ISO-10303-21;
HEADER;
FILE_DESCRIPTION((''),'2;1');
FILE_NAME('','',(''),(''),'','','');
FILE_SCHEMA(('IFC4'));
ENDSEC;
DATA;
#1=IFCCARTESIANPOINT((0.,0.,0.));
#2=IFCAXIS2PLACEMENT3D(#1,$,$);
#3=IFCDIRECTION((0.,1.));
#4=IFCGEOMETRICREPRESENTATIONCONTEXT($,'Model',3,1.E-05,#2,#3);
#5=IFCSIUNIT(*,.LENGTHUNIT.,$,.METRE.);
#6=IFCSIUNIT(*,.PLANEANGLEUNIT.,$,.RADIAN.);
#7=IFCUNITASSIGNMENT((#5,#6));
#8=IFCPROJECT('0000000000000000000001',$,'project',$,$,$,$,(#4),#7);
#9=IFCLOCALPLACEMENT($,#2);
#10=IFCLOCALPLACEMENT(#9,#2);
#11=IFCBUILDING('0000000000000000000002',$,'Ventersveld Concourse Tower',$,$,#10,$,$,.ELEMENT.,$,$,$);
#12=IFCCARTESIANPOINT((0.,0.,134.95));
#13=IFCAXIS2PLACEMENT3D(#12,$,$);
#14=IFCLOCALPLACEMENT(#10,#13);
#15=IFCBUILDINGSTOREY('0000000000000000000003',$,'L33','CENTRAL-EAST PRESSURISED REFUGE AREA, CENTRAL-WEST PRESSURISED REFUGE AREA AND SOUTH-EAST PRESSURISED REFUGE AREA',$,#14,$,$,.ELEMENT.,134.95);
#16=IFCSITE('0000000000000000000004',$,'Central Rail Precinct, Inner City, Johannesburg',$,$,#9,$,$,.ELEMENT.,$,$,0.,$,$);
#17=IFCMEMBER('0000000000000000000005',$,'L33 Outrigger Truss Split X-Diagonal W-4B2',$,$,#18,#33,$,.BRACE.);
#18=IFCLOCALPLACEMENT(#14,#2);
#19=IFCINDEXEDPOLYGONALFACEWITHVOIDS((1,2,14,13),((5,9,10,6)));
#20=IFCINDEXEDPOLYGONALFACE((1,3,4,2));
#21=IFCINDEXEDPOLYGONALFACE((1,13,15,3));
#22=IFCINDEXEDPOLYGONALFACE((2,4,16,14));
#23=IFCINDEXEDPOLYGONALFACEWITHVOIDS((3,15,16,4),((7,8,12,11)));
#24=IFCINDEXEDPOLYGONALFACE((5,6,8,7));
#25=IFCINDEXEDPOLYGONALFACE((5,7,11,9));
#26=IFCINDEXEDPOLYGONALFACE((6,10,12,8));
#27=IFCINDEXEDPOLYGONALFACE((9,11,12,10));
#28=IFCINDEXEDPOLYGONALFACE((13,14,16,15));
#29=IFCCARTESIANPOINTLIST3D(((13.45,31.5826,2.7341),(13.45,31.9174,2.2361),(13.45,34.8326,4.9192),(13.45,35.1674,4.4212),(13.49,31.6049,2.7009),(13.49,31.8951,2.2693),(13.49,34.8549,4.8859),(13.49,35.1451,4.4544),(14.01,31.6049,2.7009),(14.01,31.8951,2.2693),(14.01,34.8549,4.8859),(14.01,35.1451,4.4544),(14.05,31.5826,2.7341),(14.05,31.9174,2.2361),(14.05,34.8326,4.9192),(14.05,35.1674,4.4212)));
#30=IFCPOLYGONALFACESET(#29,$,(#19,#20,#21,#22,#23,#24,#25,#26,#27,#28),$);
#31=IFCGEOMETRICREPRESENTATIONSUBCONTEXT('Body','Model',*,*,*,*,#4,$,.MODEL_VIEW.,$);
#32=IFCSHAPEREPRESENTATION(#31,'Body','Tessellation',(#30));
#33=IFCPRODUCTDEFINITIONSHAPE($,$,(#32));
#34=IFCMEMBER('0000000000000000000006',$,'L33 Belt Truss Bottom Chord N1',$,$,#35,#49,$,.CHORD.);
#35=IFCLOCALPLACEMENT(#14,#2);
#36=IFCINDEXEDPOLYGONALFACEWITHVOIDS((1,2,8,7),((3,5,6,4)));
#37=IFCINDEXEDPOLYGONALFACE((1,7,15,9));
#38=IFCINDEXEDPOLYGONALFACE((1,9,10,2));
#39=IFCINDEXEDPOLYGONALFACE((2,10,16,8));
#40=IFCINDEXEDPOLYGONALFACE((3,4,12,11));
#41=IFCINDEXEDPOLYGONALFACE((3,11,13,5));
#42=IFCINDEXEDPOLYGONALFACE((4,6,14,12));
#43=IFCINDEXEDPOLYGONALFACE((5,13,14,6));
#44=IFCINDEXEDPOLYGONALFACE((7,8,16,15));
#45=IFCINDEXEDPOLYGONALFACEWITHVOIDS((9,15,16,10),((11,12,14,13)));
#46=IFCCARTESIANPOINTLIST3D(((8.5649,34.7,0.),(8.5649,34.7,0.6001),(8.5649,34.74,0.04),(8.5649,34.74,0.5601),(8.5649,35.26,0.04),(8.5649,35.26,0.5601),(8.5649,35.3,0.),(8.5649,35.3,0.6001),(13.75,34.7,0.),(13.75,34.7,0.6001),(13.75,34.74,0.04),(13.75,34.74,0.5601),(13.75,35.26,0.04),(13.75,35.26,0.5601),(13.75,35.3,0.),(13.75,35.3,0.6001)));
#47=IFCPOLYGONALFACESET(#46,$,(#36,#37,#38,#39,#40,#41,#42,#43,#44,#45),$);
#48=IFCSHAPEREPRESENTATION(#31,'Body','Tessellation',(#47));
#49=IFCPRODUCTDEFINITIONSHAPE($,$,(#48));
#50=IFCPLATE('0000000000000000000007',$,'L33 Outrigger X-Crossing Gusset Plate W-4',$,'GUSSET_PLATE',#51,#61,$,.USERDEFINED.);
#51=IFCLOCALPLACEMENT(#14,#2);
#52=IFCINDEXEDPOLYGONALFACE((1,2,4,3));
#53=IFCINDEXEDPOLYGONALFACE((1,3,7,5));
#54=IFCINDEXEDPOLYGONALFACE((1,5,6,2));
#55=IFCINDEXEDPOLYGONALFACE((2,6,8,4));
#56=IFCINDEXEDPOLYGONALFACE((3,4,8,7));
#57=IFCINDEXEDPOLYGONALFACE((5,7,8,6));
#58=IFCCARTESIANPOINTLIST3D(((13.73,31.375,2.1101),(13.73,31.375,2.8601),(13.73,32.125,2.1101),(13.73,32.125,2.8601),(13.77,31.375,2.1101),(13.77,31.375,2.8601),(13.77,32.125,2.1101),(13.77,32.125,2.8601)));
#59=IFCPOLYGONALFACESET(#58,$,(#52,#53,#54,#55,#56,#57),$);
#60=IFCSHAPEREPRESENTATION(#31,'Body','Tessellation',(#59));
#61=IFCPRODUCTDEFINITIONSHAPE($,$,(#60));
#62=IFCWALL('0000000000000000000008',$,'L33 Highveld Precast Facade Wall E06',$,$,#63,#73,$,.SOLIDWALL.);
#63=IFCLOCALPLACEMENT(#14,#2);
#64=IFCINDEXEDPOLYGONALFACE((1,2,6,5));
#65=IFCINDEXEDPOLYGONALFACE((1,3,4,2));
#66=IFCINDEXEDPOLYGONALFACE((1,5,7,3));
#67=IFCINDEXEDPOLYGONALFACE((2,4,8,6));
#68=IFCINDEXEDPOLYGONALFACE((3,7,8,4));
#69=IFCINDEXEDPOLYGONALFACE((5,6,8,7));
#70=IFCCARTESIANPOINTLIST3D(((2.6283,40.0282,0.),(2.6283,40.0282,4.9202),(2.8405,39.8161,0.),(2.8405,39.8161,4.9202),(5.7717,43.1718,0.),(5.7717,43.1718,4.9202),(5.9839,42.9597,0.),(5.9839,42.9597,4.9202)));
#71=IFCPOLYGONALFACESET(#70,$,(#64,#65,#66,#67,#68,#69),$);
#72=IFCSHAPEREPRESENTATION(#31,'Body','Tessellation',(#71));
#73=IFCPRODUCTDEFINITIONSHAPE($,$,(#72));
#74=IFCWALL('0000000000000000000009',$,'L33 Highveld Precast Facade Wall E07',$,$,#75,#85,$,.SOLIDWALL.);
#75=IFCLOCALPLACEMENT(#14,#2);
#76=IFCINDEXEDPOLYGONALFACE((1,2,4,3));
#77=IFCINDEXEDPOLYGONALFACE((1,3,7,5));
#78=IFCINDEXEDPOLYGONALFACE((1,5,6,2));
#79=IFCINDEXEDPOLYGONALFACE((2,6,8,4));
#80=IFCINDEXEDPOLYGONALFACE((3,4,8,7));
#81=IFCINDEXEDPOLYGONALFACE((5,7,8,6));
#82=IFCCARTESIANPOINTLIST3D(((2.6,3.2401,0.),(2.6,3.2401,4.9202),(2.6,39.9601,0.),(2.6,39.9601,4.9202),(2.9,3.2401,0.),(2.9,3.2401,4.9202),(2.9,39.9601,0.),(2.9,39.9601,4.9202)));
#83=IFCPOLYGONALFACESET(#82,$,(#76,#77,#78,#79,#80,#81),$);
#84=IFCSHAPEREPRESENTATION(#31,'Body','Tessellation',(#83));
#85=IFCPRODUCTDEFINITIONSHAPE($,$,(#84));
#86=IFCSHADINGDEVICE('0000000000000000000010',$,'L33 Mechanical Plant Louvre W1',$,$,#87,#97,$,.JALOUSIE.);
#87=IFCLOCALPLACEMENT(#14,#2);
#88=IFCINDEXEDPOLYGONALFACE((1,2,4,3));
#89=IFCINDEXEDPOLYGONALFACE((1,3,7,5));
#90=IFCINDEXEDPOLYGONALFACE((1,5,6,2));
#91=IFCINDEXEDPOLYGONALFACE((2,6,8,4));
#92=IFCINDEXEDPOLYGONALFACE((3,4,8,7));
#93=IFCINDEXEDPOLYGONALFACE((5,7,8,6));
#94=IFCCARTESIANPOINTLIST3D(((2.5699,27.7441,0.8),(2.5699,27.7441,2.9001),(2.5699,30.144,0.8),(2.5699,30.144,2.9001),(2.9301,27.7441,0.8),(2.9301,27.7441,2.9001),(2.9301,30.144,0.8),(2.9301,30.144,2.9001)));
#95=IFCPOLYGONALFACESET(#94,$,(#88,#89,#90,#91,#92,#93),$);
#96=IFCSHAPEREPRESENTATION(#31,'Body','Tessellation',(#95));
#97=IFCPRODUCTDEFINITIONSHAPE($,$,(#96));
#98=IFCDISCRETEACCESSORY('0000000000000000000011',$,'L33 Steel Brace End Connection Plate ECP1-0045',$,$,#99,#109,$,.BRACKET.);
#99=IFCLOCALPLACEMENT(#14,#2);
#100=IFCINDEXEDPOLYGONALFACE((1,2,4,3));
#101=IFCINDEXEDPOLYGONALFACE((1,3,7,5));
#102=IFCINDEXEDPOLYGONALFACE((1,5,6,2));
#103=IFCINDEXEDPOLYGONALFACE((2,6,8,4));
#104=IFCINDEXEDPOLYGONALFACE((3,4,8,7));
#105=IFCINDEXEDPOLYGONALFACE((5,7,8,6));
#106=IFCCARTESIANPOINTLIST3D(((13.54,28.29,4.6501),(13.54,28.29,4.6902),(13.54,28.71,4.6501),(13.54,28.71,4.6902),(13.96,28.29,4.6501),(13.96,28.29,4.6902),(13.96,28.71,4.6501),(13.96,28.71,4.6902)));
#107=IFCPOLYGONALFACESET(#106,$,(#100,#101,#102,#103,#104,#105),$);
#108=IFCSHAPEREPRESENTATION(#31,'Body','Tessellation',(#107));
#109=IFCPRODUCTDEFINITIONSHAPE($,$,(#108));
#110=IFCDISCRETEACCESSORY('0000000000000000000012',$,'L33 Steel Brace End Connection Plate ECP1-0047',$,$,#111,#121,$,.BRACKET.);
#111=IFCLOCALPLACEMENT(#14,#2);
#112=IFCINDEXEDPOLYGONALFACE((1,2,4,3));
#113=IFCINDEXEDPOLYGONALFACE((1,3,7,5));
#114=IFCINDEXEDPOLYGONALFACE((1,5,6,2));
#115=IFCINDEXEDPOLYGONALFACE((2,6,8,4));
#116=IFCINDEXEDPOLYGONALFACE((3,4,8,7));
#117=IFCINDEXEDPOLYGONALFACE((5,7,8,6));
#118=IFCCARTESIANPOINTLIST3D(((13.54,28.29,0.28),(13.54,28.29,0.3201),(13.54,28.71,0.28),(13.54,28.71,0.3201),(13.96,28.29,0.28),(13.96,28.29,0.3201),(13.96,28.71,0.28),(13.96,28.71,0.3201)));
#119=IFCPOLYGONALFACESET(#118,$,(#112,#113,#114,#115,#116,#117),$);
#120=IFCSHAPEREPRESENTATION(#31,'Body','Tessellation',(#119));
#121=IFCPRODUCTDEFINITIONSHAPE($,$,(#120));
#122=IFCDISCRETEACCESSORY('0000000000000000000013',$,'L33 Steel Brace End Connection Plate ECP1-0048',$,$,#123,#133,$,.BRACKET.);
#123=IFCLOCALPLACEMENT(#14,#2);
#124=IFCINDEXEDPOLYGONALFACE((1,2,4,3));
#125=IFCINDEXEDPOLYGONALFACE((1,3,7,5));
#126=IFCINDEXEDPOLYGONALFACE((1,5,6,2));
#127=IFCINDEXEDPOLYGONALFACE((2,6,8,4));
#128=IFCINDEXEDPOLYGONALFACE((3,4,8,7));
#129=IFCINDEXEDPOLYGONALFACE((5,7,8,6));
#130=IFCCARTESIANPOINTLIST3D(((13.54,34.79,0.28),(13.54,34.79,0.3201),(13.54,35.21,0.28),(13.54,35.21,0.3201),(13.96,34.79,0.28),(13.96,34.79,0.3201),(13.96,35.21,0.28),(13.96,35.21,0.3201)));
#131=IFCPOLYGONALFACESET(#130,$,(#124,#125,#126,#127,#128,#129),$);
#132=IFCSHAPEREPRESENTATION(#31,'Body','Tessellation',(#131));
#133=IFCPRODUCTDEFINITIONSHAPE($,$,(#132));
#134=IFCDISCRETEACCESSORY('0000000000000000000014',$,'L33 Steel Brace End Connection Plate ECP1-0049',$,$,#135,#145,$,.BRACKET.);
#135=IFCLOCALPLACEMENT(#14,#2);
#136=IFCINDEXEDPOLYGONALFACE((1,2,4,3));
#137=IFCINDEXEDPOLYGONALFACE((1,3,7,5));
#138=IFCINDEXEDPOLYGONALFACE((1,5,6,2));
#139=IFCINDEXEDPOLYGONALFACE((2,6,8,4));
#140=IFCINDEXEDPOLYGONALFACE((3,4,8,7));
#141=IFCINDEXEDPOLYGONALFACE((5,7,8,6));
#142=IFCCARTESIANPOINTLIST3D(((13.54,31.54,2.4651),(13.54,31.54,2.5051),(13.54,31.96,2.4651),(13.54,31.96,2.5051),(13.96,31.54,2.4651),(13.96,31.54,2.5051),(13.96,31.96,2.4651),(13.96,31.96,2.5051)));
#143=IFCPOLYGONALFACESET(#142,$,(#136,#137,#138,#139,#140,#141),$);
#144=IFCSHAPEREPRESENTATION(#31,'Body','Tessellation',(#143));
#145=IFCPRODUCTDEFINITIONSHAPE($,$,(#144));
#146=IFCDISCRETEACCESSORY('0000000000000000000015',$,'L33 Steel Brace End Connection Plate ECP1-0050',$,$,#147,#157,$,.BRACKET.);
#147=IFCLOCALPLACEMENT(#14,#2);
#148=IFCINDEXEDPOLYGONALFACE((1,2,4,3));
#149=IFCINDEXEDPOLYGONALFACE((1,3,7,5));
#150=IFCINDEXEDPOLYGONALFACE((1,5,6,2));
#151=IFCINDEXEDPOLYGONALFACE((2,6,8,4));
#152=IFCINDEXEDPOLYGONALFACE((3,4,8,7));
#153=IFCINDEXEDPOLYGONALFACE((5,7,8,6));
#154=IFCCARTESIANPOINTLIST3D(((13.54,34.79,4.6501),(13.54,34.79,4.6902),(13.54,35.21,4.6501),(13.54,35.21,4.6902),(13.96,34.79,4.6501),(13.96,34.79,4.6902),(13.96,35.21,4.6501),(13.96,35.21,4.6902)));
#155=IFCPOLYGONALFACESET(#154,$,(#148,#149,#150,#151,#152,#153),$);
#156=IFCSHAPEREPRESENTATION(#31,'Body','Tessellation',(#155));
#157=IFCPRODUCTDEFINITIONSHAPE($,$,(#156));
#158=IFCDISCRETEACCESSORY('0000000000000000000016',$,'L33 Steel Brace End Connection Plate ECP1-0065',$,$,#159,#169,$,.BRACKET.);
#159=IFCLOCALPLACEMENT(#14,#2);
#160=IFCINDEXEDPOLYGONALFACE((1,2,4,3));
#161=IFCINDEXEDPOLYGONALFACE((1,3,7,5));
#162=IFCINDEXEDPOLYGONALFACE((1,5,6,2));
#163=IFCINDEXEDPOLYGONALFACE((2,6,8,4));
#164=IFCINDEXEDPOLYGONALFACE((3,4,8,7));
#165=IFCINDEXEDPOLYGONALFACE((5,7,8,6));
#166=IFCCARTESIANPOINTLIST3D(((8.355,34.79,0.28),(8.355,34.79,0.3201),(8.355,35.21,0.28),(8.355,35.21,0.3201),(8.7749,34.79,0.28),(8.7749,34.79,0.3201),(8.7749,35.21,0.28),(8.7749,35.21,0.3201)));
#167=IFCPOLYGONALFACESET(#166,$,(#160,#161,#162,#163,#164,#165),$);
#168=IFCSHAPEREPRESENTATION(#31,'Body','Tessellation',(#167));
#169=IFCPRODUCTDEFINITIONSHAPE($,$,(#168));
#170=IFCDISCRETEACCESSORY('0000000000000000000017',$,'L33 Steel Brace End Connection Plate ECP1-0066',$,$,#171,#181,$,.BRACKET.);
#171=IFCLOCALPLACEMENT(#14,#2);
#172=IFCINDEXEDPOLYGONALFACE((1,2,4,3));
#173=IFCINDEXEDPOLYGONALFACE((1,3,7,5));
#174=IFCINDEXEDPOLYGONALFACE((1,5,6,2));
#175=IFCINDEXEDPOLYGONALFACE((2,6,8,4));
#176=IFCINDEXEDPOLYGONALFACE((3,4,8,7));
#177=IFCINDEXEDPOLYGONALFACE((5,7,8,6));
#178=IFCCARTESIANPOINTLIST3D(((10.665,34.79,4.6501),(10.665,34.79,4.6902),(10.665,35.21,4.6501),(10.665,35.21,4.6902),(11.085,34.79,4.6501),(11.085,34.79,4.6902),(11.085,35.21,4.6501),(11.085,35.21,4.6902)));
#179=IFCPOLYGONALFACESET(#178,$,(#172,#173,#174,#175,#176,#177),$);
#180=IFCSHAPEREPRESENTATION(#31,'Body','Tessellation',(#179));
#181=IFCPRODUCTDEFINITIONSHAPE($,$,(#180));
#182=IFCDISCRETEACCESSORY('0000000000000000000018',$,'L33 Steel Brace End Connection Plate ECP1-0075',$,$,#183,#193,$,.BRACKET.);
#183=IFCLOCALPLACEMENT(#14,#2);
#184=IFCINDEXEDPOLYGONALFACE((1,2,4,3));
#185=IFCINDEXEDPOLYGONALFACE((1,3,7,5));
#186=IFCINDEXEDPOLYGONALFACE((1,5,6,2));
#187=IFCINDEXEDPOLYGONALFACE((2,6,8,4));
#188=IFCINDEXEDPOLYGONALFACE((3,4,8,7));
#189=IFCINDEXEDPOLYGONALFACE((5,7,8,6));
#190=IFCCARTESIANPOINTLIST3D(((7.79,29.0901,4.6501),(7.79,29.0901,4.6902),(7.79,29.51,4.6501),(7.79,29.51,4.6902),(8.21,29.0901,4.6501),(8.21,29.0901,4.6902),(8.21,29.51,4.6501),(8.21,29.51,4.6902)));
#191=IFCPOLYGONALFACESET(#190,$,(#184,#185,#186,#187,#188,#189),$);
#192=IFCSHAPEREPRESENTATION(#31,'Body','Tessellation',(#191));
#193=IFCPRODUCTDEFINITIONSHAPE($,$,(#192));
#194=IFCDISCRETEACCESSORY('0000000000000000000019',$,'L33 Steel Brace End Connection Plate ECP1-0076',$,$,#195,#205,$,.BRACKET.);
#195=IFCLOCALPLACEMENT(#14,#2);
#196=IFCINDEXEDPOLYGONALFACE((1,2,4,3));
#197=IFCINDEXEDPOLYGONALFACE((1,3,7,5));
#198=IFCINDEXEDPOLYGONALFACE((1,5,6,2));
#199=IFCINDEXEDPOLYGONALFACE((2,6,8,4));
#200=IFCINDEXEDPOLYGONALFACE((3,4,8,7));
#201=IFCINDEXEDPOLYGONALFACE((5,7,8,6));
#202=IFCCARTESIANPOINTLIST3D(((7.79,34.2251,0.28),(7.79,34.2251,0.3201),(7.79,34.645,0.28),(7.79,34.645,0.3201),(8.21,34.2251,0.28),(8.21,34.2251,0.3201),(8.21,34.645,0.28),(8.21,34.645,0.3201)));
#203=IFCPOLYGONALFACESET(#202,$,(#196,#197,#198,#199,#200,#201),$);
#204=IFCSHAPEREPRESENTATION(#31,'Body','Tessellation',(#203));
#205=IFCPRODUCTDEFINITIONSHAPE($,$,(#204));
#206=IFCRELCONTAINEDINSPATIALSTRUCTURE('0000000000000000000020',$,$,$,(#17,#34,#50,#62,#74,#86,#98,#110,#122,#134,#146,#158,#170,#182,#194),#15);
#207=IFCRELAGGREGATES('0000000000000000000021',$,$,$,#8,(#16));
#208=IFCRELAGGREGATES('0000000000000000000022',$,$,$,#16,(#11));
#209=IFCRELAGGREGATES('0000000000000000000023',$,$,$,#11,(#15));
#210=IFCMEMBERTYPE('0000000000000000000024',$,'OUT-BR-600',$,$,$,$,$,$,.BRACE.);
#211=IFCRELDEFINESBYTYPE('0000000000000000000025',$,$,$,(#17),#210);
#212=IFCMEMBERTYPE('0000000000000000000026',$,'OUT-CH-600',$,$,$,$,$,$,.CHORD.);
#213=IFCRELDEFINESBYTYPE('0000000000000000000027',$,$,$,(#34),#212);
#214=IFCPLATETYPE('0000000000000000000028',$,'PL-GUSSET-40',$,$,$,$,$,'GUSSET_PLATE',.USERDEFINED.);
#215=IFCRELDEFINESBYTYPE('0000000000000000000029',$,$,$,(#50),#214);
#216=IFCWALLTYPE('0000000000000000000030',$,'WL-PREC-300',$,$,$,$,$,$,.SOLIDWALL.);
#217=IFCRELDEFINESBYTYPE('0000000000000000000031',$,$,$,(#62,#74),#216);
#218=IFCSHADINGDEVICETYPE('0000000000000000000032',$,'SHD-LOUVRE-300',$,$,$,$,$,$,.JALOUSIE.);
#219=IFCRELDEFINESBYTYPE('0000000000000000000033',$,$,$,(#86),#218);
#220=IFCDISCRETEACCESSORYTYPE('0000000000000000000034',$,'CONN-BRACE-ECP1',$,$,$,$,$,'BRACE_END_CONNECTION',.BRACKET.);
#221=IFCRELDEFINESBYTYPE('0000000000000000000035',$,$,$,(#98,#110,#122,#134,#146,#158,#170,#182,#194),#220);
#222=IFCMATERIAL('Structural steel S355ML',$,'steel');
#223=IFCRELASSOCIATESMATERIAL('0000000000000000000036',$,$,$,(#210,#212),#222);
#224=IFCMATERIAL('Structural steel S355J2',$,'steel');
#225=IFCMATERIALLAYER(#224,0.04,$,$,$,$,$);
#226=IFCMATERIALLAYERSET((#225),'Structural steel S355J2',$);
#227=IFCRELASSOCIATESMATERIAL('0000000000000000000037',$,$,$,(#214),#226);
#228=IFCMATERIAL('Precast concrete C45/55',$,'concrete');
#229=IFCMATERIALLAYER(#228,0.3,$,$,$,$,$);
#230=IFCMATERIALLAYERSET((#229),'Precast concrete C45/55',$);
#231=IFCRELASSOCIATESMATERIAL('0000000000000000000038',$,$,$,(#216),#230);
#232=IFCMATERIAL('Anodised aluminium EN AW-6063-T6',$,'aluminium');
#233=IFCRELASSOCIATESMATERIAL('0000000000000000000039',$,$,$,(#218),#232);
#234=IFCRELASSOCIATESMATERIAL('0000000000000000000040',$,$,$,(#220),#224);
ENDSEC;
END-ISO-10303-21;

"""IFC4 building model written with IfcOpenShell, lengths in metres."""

from ifc_helpers import new_model, si_unit, direction, frame, frame_2d, origin, origin_2d, place, context, subcontext, project, spatial, rectangle, hollow_rectangle, extrude, material, layer, layer_set, material_profile, profile_set, type_object, element, save


model = new_model("IFC4")

# Units and contexts
model_context = context("Model", 3, precision=1e-05, world=origin(), true_north=direction((0.0, 1.0)))
body_context = subcontext(model_context, "Body", "Model", "MODEL_VIEW")
ifc_project = project(units=[si_unit("LENGTHUNIT", "METRE"), si_unit("PLANEANGLEUNIT", "RADIAN")], contexts=[model_context])

# Site, building, storey
site_placement = place(None, origin())
site = spatial("IfcSite", under=ifc_project, at=site_placement, Name="Central Rail Precinct, Inner City, Johannesburg", CompositionType="ELEMENT", RefElevation=0.0)
building_placement = place(site_placement, origin())
building = spatial("IfcBuilding", under=site, at=building_placement, Name="Ventersveld Concourse Tower", CompositionType="ELEMENT")
storey_placement = place(building_placement, frame((0.0, 0.0, 134.95)))
storey = spatial("IfcBuildingStorey", under=building, at=storey_placement, Name="L33", Description="CENTRAL-EAST PRESSURISED REFUGE AREA, CENTRAL-WEST PRESSURISED REFUGE AREA AND SOUTH-EAST PRESSURISED REFUGE AREA", CompositionType="ELEMENT", Elevation=134.95)

# Shared definitions
ifc_material_1 = material(Name="Structural steel S355ML", Category="steel")

# Shared definitions
ifc_material_2 = material(Name="Structural steel S355J2", Category="steel")

# Members
ifc_material_profile_1 = material_profile(ifc_material_1, hollow_rectangle(XDim=0.6001, YDim=0.6001, WallThickness=0.04, at=origin_2d()), Name="BOX 600x600x40")
ifc_profile_set_1 = profile_set([ifc_material_profile_1], Name="Structural steel S355ML")
member_type_1 = type_object("IfcMemberType", Name="OUT-BR-600", PredefinedType="BRACE", material=ifc_profile_set_1)
member_1_placement = place(storey_placement, frame((13.75, 31.75, 2.4851), z_axis=(0.0, 0.829876, 0.557947), x_axis=(-1.0, 0.0, 0.0)))
element("IfcMember", 1, at=member_1_placement, inside=storey, type_object=member_type_1, Name="L33 Outrigger Truss Split X-Diagonal W-4B2", PredefinedType="BRACE", context=body_context, shape_type="SweptSolid", body=[
    extrude(hollow_rectangle(XDim=0.6001, YDim=0.6001, WallThickness=0.04, at=origin_2d()), origin(), (0.0, 0.0, 1.0), 3.9163),
])
ifc_material_profile_2 = material_profile(ifc_material_1, hollow_rectangle(XDim=0.6001, YDim=0.6001, WallThickness=0.04, at=origin_2d()), Name="BOX 600x600x40")
ifc_profile_set_2 = profile_set([ifc_material_profile_2], Name="Structural steel S355ML")
member_type_2 = type_object("IfcMemberType", Name="OUT-CH-600", PredefinedType="CHORD", material=ifc_profile_set_2)
member_2_placement = place(storey_placement, frame((8.5649, 35.0, 0.3), z_axis=(1.0, 0.0, 0.0), x_axis=(0.0, 1.0, 0.0)))
element("IfcMember", 2, at=member_2_placement, inside=storey, type_object=member_type_2, Name="L33 Belt Truss Bottom Chord N1", PredefinedType="CHORD", context=body_context, shape_type="SweptSolid", body=[
    extrude(hollow_rectangle(XDim=0.6001, YDim=0.6001, WallThickness=0.04, at=origin_2d()), origin(), (0.0, 0.0, 1.0), 5.1851),
])

# Plate
ifc_layer_1 = layer(ifc_material_2, 0.04)
ifc_layer_set_1 = layer_set([ifc_layer_1], Name="Structural steel S355J2")
plate_type = type_object("IfcPlateType", Name="PL-GUSSET-40", ElementType="GUSSET_PLATE", PredefinedType="USERDEFINED", material=ifc_layer_set_1)
plate_placement = place(storey_placement, frame((13.75, 31.75, 2.1101), z_axis=(0.0, 0.0, 1.0), x_axis=(1.0, 0.0, 0.0)))
element("IfcPlate", 3, at=plate_placement, inside=storey, type_object=plate_type, Name="L33 Outrigger X-Crossing Gusset Plate W-4", ObjectType="GUSSET_PLATE", PredefinedType="USERDEFINED", context=body_context, shape_type="SweptSolid", body=[
    extrude(rectangle(XDim=0.04, YDim=0.75, at=origin_2d()), origin(), (0.0, 0.0, 1.0), 0.75),
])

# Walls
ifc_material_3 = material(Name="Precast concrete C45/55", Category="concrete")
ifc_layer_2 = layer(ifc_material_3, 0.3)
ifc_layer_set_2 = layer_set([ifc_layer_2], Name="Precast concrete C45/55")
wall_type = type_object("IfcWallType", Name="WL-PREC-300", PredefinedType="SOLIDWALL", material=ifc_layer_set_2)
wall_1_placement = place(storey_placement, frame((5.8777, 43.0657, 0.0), z_axis=(0.0, 0.0, 1.0), x_axis=(-0.707079, -0.707134, 0.0)))
element("IfcWall", 4, at=wall_1_placement, inside=storey, type_object=wall_type, Name="L33 Highveld Precast Facade Wall E06", PredefinedType="SOLIDWALL", context=body_context, shape_type="SweptSolid", body=[
    extrude(rectangle(XDim=4.4456, YDim=0.3, at=frame_2d((2.2227, 0.0))), origin(), (0.0, 0.0, 1.0), 4.9202),
])
wall_2_placement = place(storey_placement, frame((2.75, 39.96, 0.0), z_axis=(0.0, 0.0, 1.0), x_axis=(0.0, -1.0, 0.0)))
element("IfcWall", 5, at=wall_2_placement, inside=storey, type_object=wall_type, Name="L33 Highveld Precast Facade Wall E07", PredefinedType="SOLIDWALL", context=body_context, shape_type="SweptSolid", body=[
    extrude(rectangle(XDim=36.72, YDim=0.3, at=frame_2d((18.3599, 0.0))), origin(), (0.0, 0.0, 1.0), 4.9202),
])

# Shading device
ifc_material_4 = material(Name="Anodised aluminium EN AW-6063-T6", Category="aluminium")
shading_device_type = type_object("IfcShadingDeviceType", Name="SHD-LOUVRE-300", PredefinedType="JALOUSIE", material=ifc_material_4)
shading_device_placement = place(storey_placement, frame((2.75, 28.9441, 0.8), z_axis=(0.0, 0.0, 1.0), x_axis=(0.0, -1.0, 0.0)))
element("IfcShadingDevice", 6, at=shading_device_placement, inside=storey, type_object=shading_device_type, Name="L33 Mechanical Plant Louvre W1", PredefinedType="JALOUSIE", context=body_context, shape_type="SweptSolid", body=[
    extrude(rectangle(XDim=2.3999, YDim=0.3601, at=origin_2d()), origin(), (0.0, 0.0, 1.0), 2.1001),
])

# Discrete accessories
discrete_accessory_type = type_object("IfcDiscreteAccessoryType", Name="CONN-BRACE-ECP1", ElementType="BRACE_END_CONNECTION", PredefinedType="BRACKET", material=ifc_material_2)
for number, where, z_axis, x_axis, name in (
    (7, (13.75, 28.5, 4.6501), (0.0, 0.0, 1.0), (1.0, 0.0, 0.0), "L33 Steel Brace End Connection Plate ECP1-0045"),
    (8, (13.75, 28.5, 0.28), (0.0, 0.0, 1.0), (1.0, 0.0, 0.0), "L33 Steel Brace End Connection Plate ECP1-0047"),
    (9, (13.75, 35.0, 0.28), (0.0, 0.0, 1.0), (1.0, 0.0, 0.0), "L33 Steel Brace End Connection Plate ECP1-0048"),
    (10, (13.75, 31.75, 2.4651), (0.0, 0.0, 1.0), (1.0, 0.0, 0.0), "L33 Steel Brace End Connection Plate ECP1-0049"),
    (11, (13.75, 35.0, 4.6501), (0.0, 0.0, 1.0), (1.0, 0.0, 0.0), "L33 Steel Brace End Connection Plate ECP1-0050"),
    (12, (8.5649, 35.0, 0.28), (0.0, 0.0, 1.0), (1.0, 0.0, 0.0), "L33 Steel Brace End Connection Plate ECP1-0065"),
    (13, (10.875, 35.0, 4.6501), (0.0, 0.0, 1.0), (1.0, 0.0, 0.0), "L33 Steel Brace End Connection Plate ECP1-0066"),
    (14, (8.0, 29.3, 4.6501), (0.0, 0.0, 1.0), (1.0, 0.0, 0.0), "L33 Steel Brace End Connection Plate ECP1-0075"),
    (15, (8.0, 34.4351, 0.28), (0.0, 0.0, 1.0), (1.0, 0.0, 0.0), "L33 Steel Brace End Connection Plate ECP1-0076"),
):
    element("IfcDiscreteAccessory", number, at=place(storey_placement, frame(where, z_axis=z_axis, x_axis=x_axis)), inside=storey, type_object=discrete_accessory_type, Name=name, PredefinedType="BRACKET", context=body_context, shape_type="SweptSolid", body=[
        extrude(rectangle(XDim=0.4199, YDim=0.4199, at=origin_2d()), origin(), (0.0, 0.0, 1.0), 0.04),
    ])

save(model, "model.ifc")
